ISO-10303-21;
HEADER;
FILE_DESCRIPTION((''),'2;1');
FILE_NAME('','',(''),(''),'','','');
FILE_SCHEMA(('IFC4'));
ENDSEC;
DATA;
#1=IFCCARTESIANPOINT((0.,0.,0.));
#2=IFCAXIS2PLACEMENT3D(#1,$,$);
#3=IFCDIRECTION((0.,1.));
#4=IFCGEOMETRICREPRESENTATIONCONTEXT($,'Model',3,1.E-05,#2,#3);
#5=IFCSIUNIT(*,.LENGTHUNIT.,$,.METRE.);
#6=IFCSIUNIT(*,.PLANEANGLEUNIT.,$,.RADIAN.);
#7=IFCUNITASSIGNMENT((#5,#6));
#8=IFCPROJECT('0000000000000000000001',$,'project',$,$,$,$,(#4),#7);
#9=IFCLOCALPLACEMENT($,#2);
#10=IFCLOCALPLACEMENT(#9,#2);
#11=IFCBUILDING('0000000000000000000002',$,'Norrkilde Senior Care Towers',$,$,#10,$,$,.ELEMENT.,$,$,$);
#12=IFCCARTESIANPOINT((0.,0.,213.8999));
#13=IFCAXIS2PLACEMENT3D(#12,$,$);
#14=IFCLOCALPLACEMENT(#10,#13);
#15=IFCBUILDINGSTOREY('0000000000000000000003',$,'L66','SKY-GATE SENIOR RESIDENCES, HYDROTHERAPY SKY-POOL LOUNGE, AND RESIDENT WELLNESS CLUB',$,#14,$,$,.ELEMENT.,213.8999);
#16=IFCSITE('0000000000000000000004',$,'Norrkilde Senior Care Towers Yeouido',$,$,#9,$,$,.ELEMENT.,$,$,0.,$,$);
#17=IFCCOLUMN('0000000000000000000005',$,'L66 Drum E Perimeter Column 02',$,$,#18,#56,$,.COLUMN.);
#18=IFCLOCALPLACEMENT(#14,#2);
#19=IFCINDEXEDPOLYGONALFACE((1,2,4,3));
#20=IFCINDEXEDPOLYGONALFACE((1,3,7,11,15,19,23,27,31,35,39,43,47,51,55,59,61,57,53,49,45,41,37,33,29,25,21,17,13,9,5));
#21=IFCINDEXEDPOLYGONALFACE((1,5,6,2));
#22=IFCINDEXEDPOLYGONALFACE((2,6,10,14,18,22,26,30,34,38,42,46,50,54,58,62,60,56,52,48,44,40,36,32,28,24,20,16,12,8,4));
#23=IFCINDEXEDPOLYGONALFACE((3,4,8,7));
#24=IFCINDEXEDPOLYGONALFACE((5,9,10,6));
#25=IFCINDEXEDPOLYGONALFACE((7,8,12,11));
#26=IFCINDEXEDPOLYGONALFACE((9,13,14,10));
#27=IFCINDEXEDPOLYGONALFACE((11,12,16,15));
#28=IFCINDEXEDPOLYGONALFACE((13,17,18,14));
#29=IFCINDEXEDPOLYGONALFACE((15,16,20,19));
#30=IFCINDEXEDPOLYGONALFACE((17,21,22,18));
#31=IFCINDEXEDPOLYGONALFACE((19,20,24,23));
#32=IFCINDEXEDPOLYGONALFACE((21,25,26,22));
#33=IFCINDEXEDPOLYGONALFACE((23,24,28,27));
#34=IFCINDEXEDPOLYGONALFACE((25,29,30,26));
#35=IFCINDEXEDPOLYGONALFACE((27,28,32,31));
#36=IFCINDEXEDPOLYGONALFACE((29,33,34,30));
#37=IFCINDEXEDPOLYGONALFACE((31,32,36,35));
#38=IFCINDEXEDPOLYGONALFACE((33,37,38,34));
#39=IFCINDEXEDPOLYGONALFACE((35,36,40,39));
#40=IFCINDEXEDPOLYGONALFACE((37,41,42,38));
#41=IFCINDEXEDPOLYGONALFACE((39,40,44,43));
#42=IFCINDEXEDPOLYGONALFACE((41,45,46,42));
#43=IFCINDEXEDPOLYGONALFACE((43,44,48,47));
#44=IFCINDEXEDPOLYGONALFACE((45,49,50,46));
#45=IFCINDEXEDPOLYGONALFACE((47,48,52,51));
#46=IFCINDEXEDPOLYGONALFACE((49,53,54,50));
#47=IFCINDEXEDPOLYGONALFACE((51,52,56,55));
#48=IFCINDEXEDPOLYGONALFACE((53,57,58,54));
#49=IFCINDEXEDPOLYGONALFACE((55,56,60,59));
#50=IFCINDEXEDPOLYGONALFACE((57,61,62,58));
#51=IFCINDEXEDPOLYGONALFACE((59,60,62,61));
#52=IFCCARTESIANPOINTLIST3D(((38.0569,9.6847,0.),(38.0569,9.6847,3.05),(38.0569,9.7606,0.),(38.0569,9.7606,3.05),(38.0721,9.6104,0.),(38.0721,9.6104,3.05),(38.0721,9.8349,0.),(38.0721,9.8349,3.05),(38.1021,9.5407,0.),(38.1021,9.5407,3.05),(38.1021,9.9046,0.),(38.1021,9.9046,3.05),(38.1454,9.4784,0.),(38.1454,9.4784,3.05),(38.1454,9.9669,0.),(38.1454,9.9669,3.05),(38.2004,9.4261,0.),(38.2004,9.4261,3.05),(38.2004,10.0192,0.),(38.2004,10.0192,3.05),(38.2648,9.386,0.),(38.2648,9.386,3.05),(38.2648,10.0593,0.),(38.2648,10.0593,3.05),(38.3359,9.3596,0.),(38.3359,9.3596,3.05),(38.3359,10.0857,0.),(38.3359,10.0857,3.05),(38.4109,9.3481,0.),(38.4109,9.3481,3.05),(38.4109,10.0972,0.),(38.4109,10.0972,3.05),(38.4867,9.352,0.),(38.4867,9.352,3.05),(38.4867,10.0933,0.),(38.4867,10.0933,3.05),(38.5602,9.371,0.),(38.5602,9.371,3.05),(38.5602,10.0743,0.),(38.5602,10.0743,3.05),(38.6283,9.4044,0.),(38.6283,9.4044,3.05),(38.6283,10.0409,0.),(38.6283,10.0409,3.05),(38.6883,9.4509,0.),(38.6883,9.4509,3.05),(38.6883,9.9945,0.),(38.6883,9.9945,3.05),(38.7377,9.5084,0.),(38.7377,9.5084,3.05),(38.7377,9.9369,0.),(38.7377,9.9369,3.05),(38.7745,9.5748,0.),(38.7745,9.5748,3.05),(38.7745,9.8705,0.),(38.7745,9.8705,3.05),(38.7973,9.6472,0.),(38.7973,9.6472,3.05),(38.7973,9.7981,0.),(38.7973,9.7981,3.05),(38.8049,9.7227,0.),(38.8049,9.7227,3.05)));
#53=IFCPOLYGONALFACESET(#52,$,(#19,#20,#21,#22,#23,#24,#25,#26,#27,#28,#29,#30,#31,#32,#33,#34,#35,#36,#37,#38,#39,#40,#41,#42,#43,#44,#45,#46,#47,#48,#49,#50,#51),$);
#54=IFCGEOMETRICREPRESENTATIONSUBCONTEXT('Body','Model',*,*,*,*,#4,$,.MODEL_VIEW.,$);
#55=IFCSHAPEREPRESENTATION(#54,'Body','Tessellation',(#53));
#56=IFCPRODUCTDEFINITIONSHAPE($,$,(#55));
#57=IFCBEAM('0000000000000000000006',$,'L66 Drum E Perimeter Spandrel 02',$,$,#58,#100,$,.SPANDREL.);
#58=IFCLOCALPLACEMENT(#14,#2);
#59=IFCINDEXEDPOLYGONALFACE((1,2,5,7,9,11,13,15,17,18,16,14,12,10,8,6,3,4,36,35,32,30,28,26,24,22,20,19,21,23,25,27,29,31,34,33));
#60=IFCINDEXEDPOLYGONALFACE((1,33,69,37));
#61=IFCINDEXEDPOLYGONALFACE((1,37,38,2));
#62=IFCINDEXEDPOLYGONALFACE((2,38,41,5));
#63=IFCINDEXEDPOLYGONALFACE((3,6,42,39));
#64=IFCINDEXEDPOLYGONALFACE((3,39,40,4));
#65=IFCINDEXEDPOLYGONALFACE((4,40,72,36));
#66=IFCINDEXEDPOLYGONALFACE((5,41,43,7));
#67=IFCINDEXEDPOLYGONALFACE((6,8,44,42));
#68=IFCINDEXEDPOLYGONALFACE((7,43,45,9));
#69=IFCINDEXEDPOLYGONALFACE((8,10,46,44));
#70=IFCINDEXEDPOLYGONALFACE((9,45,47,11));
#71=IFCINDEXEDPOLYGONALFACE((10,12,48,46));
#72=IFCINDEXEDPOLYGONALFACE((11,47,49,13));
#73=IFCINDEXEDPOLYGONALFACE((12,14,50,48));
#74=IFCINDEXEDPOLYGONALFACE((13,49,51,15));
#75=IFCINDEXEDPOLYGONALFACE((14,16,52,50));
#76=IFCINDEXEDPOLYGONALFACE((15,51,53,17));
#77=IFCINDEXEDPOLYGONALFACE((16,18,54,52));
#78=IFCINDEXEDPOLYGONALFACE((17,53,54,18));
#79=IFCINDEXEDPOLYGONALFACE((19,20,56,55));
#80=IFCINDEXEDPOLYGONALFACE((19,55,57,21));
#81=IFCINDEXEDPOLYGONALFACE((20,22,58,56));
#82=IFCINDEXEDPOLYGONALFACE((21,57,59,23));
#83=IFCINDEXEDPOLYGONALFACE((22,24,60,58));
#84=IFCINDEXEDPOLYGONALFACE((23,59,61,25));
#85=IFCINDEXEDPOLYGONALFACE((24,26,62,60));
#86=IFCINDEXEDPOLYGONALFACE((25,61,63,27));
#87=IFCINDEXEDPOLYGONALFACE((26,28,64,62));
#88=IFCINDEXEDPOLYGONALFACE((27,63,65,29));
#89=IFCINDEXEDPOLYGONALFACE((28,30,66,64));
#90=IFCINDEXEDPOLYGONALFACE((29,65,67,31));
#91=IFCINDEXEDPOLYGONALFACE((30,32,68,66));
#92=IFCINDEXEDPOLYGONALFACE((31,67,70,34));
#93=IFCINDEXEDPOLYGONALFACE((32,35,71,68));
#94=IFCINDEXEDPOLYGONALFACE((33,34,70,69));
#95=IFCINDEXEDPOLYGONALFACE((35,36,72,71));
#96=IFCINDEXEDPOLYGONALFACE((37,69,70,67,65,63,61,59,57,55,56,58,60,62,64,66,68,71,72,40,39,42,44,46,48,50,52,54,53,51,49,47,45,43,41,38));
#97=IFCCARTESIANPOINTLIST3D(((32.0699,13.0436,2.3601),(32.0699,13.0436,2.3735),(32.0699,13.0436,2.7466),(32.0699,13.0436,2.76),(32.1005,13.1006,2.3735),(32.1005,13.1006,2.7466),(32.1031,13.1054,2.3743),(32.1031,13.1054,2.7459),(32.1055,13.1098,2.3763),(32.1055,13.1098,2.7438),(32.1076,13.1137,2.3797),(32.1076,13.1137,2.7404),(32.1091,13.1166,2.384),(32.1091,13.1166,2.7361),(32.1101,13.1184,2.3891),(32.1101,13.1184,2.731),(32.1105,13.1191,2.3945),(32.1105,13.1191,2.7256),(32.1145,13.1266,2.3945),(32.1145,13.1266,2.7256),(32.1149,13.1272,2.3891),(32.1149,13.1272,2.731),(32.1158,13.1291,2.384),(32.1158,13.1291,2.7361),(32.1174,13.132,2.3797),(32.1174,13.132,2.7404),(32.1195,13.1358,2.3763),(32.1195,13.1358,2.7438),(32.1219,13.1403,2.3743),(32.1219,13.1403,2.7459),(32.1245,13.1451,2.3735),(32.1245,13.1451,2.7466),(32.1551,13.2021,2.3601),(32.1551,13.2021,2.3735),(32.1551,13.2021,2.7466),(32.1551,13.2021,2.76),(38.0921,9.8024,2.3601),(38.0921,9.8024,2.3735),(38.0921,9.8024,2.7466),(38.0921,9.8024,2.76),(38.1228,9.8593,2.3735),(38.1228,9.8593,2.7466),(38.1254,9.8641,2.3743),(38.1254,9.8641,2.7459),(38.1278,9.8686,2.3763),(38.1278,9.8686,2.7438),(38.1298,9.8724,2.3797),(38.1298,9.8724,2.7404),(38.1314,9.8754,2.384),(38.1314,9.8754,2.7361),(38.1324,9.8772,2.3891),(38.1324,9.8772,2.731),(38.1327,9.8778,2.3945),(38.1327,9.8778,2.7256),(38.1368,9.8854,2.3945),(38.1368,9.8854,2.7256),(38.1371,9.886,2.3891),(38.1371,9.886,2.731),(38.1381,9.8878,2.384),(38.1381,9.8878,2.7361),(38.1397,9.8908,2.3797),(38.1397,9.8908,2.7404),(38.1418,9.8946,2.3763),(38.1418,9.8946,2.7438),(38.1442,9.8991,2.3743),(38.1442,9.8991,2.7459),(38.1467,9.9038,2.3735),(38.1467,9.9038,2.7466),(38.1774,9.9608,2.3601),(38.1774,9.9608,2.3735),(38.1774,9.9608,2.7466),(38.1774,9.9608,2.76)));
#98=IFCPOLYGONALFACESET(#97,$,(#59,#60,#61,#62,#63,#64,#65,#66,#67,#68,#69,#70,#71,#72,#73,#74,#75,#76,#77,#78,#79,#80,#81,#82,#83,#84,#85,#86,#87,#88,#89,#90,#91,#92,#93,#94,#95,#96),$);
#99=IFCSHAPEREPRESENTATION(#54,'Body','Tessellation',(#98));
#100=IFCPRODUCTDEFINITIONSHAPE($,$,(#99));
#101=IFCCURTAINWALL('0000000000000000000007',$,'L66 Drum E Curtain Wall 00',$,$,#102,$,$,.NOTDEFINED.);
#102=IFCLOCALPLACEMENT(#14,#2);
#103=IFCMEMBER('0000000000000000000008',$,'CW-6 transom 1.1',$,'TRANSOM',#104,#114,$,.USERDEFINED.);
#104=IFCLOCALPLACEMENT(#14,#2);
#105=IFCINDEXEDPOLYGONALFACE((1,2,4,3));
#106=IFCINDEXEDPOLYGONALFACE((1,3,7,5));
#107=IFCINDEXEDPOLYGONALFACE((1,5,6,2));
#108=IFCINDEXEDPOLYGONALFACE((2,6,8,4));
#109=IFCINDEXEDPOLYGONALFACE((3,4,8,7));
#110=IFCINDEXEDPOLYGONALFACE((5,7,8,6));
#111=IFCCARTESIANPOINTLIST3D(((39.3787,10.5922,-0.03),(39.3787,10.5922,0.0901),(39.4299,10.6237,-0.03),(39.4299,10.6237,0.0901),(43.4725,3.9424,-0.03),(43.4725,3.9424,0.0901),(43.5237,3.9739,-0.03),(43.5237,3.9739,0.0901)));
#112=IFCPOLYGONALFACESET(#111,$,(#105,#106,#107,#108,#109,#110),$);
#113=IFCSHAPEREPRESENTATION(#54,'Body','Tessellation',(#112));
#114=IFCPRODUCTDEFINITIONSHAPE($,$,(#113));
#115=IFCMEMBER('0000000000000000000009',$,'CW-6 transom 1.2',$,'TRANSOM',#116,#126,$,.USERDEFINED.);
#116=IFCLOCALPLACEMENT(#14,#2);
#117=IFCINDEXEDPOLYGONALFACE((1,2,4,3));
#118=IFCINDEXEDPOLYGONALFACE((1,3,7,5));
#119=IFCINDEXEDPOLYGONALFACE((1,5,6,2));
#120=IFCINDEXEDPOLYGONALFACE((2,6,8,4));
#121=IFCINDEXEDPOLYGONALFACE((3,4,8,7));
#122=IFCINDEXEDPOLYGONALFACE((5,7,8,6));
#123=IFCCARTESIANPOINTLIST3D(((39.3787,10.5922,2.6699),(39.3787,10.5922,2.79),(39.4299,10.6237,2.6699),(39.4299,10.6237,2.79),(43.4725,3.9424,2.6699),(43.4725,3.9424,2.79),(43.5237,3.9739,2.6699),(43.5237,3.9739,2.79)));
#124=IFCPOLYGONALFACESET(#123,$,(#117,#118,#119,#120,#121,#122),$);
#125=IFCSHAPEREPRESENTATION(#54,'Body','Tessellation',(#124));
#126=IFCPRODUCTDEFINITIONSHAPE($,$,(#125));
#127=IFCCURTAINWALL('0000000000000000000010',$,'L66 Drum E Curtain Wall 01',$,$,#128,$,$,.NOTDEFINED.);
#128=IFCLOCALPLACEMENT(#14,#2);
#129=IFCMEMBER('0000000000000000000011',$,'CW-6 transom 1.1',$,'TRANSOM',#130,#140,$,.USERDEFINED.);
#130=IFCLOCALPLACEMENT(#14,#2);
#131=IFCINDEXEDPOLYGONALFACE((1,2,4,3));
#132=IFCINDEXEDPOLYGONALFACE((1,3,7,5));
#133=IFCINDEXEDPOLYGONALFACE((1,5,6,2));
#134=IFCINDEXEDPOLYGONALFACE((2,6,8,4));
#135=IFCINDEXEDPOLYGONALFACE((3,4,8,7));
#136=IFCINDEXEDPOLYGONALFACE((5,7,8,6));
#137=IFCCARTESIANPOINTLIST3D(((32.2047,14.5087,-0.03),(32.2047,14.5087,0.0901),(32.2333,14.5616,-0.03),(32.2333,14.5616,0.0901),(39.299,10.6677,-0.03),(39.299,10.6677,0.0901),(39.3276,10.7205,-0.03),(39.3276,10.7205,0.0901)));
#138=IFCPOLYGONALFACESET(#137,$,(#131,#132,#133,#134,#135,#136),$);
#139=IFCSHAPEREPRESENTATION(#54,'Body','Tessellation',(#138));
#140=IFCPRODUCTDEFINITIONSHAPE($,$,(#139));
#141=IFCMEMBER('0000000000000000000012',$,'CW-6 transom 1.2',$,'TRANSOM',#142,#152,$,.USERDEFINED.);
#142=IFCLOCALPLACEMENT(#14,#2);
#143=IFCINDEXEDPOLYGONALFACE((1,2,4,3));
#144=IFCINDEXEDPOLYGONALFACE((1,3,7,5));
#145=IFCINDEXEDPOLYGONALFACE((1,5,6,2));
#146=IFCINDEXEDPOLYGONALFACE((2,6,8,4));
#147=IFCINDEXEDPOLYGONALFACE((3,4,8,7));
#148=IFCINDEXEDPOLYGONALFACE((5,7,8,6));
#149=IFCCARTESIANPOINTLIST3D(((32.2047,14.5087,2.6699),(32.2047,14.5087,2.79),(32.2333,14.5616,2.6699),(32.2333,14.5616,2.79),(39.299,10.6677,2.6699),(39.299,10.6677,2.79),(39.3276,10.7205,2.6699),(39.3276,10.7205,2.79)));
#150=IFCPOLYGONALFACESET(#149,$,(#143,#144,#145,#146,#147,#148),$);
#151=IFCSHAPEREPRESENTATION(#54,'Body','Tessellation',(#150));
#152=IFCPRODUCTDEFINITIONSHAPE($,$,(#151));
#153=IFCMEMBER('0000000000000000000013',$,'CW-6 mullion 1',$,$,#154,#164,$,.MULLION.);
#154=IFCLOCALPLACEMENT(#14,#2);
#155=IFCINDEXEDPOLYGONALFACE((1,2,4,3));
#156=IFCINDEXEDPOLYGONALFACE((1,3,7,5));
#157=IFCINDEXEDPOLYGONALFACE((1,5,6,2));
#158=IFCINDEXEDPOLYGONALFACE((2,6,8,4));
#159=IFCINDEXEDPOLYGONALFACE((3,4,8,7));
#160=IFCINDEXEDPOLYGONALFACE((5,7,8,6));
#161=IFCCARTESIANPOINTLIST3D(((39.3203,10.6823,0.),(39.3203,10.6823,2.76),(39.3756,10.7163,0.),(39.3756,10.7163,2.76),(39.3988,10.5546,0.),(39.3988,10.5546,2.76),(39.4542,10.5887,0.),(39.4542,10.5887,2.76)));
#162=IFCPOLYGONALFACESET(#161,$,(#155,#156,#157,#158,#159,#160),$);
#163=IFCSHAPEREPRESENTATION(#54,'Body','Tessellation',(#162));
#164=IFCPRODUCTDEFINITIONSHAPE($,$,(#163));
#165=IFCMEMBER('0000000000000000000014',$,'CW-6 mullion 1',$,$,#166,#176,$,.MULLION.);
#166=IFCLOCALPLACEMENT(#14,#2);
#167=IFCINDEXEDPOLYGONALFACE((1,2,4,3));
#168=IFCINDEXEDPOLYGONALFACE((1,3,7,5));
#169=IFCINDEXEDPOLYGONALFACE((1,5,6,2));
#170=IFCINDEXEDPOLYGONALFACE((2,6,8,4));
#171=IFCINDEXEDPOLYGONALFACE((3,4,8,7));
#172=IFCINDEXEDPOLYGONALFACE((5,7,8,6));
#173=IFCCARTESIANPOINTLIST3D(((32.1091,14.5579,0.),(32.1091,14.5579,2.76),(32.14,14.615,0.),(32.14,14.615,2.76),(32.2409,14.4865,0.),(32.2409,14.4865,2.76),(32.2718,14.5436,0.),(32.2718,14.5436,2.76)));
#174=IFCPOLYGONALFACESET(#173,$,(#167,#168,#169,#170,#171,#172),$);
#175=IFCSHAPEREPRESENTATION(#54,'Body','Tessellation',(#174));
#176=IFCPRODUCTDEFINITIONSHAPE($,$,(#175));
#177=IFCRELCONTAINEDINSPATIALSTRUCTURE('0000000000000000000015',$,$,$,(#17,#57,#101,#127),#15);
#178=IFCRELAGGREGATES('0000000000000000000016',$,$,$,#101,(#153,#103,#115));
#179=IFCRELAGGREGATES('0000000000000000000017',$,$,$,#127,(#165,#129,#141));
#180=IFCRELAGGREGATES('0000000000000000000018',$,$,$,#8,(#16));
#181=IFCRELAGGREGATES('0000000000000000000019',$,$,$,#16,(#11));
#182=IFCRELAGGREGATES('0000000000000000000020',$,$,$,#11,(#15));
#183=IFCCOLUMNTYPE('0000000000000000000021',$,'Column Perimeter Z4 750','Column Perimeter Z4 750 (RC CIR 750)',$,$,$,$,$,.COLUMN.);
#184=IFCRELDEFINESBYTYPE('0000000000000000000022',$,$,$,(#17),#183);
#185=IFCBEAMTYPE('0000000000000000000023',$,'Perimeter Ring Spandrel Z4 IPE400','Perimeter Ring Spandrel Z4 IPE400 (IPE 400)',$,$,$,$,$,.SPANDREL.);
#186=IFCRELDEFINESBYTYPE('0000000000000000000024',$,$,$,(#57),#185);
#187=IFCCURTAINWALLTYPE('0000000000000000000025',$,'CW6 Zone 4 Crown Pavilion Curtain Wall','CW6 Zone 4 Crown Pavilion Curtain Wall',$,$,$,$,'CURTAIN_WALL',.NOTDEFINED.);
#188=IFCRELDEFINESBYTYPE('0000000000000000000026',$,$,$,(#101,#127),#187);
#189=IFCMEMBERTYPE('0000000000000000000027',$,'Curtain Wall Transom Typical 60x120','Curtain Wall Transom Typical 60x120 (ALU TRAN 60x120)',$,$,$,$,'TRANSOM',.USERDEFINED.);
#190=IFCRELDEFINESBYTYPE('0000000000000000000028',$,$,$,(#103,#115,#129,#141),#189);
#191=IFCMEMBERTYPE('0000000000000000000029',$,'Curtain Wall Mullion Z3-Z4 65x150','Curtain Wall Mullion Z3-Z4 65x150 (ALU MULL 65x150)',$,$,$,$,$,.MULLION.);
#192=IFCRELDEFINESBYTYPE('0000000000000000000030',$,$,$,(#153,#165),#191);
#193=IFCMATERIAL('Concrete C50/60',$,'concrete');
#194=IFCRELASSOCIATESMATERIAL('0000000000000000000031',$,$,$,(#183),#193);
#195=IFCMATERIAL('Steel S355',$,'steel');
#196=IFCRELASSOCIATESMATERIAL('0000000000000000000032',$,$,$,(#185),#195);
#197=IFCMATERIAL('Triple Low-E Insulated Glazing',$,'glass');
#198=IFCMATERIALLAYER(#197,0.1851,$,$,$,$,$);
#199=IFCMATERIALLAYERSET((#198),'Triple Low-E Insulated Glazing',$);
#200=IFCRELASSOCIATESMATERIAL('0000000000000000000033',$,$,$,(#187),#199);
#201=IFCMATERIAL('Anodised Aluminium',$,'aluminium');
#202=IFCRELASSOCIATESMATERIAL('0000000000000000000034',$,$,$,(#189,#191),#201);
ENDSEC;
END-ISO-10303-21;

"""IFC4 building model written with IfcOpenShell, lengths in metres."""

from ifc_helpers import new_model, si_unit, direction, frame, origin, origin_2d, place, context, subcontext, project, spatial, rectangle, circle, i_section, extrude, source, transform, mapped, material, layer, layer_set, material_profile, profile_set, type_object, type_shapes, element, aggregate, save


model = new_model("IFC4")

# Units and contexts
model_context = context("Model", 3, precision=1e-05, world=origin(), true_north=direction((0.0, 1.0)))
body_context = subcontext(model_context, "Body", "Model", "MODEL_VIEW")
ifc_project = project(units=[si_unit("LENGTHUNIT", "METRE"), si_unit("PLANEANGLEUNIT", "RADIAN")], contexts=[model_context])

# Site, building, storey
site_placement = place(None, origin())
site = spatial("IfcSite", under=ifc_project, at=site_placement, Name="Norrkilde Senior Care Towers Yeouido", CompositionType="ELEMENT", RefElevation=0.0)
building_placement = place(site_placement, origin())
building = spatial("IfcBuilding", under=site, at=building_placement, Name="Norrkilde Senior Care Towers", CompositionType="ELEMENT")
storey_placement = place(building_placement, frame((0.0, 0.0, 213.8999)))
storey = spatial("IfcBuildingStorey", under=building, at=storey_placement, Name="L66", Description="SKY-GATE SENIOR RESIDENCES, HYDROTHERAPY SKY-POOL LOUNGE, AND RESIDENT WELLNESS CLUB", CompositionType="ELEMENT", Elevation=213.8999)

# Column
ifc_material_1 = material(Name="Concrete C50/60", Category="concrete")
ifc_material_profile_1 = material_profile(ifc_material_1, circle(Radius=0.375, at=origin_2d()), Name="RC CIR 750")
ifc_profile_set_1 = profile_set([ifc_material_profile_1], Name="Concrete C50/60")
column_type = type_object("IfcColumnType", Name="Column Perimeter Z4 750", Description="Column Perimeter Z4 750 (RC CIR 750)", PredefinedType="COLUMN", material=ifc_profile_set_1)
shared_shape_1 = source(origin(), body_context, "Body", "SweptSolid", [
    extrude(circle(Radius=0.375, at=origin_2d()), origin(), (0.0, 0.0, 1.0), 3.05),
])
type_shapes(column_type, [shared_shape_1])
column_placement = place(storey_placement, frame((38.4299, 9.7227, 0.0), z_axis=(0.0, 0.0, 1.0), x_axis=(1.0, 0.0, 0.0)))
element("IfcColumn", 1, at=column_placement, inside=storey, type_object=column_type, Name="L66 Drum E Perimeter Column 02", PredefinedType="COLUMN", context=body_context, shape_type="MappedRepresentation", body=[
    mapped(shared_shape_1, transform((0.0, 0.0, 0.0), x_axis=(1.0, 0.0, 0.0), y_axis=(0.0, 1.0, 0.0), z_axis=(0.0, 0.0, 1.0), scale=1.0)),
])

# Beam
ifc_material_2 = material(Name="Steel S355", Category="steel")
ifc_material_profile_2 = material_profile(ifc_material_2, i_section(OverallWidth=0.1799, OverallDepth=0.3999, WebThickness=0.0085, FlangeThickness=0.0134, FilletRadius=0.021, at=origin_2d()), Name="IPE 400")
ifc_profile_set_2 = profile_set([ifc_material_profile_2], Name="Steel S355")
beam_type = type_object("IfcBeamType", Name="Perimeter Ring Spandrel Z4 IPE400", Description="Perimeter Ring Spandrel Z4 IPE400 (IPE 400)", PredefinedType="SPANDREL", material=ifc_profile_set_2)
shared_shape_2 = source(origin(), body_context, "Body", "SweptSolid", [
    extrude(i_section(OverallWidth=0.1799, OverallDepth=0.3999, WebThickness=0.0085, FlangeThickness=0.0134, FilletRadius=0.021, at=origin_2d()), origin(), (0.0, 0.0, 1.0), 6.8391),
])
type_shapes(beam_type, [shared_shape_2])
beam_placement = place(storey_placement, frame((38.1348, 9.8816, 2.5601), z_axis=(-0.880564, 0.473927, 0.0), x_axis=(-0.473927, -0.880564, 0.0)))
element("IfcBeam", 2, at=beam_placement, inside=storey, type_object=beam_type, Name="L66 Drum E Perimeter Spandrel 02", PredefinedType="SPANDREL", context=body_context, shape_type="MappedRepresentation", body=[
    mapped(shared_shape_2, transform((0.0, 0.0, 0.0), x_axis=(1.0, 0.0, 0.0), y_axis=(0.0, 1.0, 0.0), z_axis=(0.0, 0.0, 1.0), scale=1.0)),
])

# Curtain walls, members
ifc_material_3 = material(Name="Triple Low-E Insulated Glazing", Category="glass")
ifc_layer_1 = layer(ifc_material_3, 0.1851)
ifc_layer_set_1 = layer_set([ifc_layer_1], Name="Triple Low-E Insulated Glazing")
curtain_wall_type = type_object("IfcCurtainWallType", Name="CW6 Zone 4 Crown Pavilion Curtain Wall", Description="CW6 Zone 4 Crown Pavilion Curtain Wall", ElementType="CURTAIN_WALL", PredefinedType="NOTDEFINED", material=ifc_layer_set_1)
curtain_wall_1_placement = place(storey_placement, origin())
curtain_wall_1 = element("IfcCurtainWall", 3, at=curtain_wall_1_placement, inside=storey, type_object=curtain_wall_type, Name="L66 Drum E Curtain Wall 00", PredefinedType="NOTDEFINED")
ifc_material_4 = material(Name="Anodised Aluminium", Category="aluminium")
ifc_material_profile_3 = material_profile(ifc_material_4, rectangle(XDim=0.0601, YDim=0.1201, at=origin_2d()), Name="ALU TRAN 60x120")
ifc_profile_set_3 = profile_set([ifc_material_profile_3], Name="Anodised Aluminium")
member_type_1 = type_object("IfcMemberType", Name="Curtain Wall Transom Typical 60x120", Description="Curtain Wall Transom Typical 60x120 (ALU TRAN 60x120)", ElementType="TRANSOM", PredefinedType="USERDEFINED", material=ifc_profile_set_3)
shared_shape_3 = source(origin(), body_context, "Body", "SweptSolid", [
    extrude(rectangle(XDim=0.0601, YDim=0.1201, at=origin_2d()), origin(), (0.0, 0.0, 1.0), 7.8088),
])
member_1_placement = place(storey_placement, frame((39.4043, 10.6079, 0.03), z_axis=(0.524251, -0.851564, 0.0), x_axis=(0.851564, 0.524251, 0.0)))
member_1 = element("IfcMember", 4, at=member_1_placement, type_object=member_type_1, Name="CW-6 transom 1.1", ObjectType="TRANSOM", PredefinedType="USERDEFINED", context=body_context, shape_type="MappedRepresentation", body=[
    mapped(shared_shape_3, transform((0.0, 0.0, 0.0), x_axis=(1.0, 0.0, 0.0), y_axis=(0.0, 1.0, 0.0), z_axis=(0.0, 0.0, 1.0), scale=1.0)),
])
member_2_placement = place(storey_placement, frame((39.4043, 10.6079, 2.73), z_axis=(0.524251, -0.851564, 0.0), x_axis=(0.851564, 0.524251, 0.0)))
member_2 = element("IfcMember", 5, at=member_2_placement, type_object=member_type_1, Name="CW-6 transom 1.2", ObjectType="TRANSOM", PredefinedType="USERDEFINED", context=body_context, shape_type="MappedRepresentation", body=[
    mapped(shared_shape_3, transform((0.0, 0.0, 0.0), x_axis=(1.0, 0.0, 0.0), y_axis=(0.0, 1.0, 0.0), z_axis=(0.0, 0.0, 1.0), scale=1.0)),
])
curtain_wall_2_placement = place(storey_placement, origin())
curtain_wall_2 = element("IfcCurtainWall", 6, at=curtain_wall_2_placement, inside=storey, type_object=curtain_wall_type, Name="L66 Drum E Curtain Wall 01", PredefinedType="NOTDEFINED")
shared_shape_4 = source(origin(), body_context, "Body", "SweptSolid", [
    extrude(rectangle(XDim=0.0601, YDim=0.1201, at=origin_2d()), origin(), (0.0, 0.0, 1.0), 8.0674),
])
type_shapes(member_type_1, [shared_shape_3, shared_shape_4])
member_3_placement = place(storey_placement, frame((32.219, 14.5352, 0.03), z_axis=(0.879378, -0.476125, 0.0), x_axis=(0.476125, 0.879378, 0.0)))
member_3 = element("IfcMember", 7, at=member_3_placement, type_object=member_type_1, Name="CW-6 transom 1.1", ObjectType="TRANSOM", PredefinedType="USERDEFINED", context=body_context, shape_type="MappedRepresentation", body=[
    mapped(shared_shape_4, transform((0.0, 0.0, 0.0), x_axis=(1.0, 0.0, 0.0), y_axis=(0.0, 1.0, 0.0), z_axis=(0.0, 0.0, 1.0), scale=1.0)),
])
member_4_placement = place(storey_placement, frame((32.219, 14.5352, 2.73), z_axis=(0.879378, -0.476125, 0.0), x_axis=(0.476125, 0.879378, 0.0)))
member_4 = element("IfcMember", 8, at=member_4_placement, type_object=member_type_1, Name="CW-6 transom 1.2", ObjectType="TRANSOM", PredefinedType="USERDEFINED", context=body_context, shape_type="MappedRepresentation", body=[
    mapped(shared_shape_4, transform((0.0, 0.0, 0.0), x_axis=(1.0, 0.0, 0.0), y_axis=(0.0, 1.0, 0.0), z_axis=(0.0, 0.0, 1.0), scale=1.0)),
])

# Members
ifc_material_profile_4 = material_profile(ifc_material_4, rectangle(XDim=0.0649, YDim=0.1499, at=origin_2d()), Name="ALU MULL 65x150")
ifc_profile_set_4 = profile_set([ifc_material_profile_4], Name="Anodised Aluminium")
member_type_2 = type_object("IfcMemberType", Name="Curtain Wall Mullion Z3-Z4 65x150", Description="Curtain Wall Mullion Z3-Z4 65x150 (ALU MULL 65x150)", PredefinedType="MULLION", material=ifc_profile_set_4)
shared_shape_5 = source(origin(), body_context, "Body", "SweptSolid", [
    extrude(rectangle(XDim=0.0649, YDim=0.1499, at=origin_2d()), origin(), (0.0, 0.0, 1.0), 2.76),
])
type_shapes(member_type_2, [shared_shape_5])
member_5_placement = place(storey_placement, frame((39.3872, 10.6355, 0.0), z_axis=(0.0, 0.0, 1.0), x_axis=(0.851563, 0.524253, 0.0)))
member_5 = element("IfcMember", 9, at=member_5_placement, type_object=member_type_2, Name="CW-6 mullion 1", PredefinedType="MULLION", context=body_context, shape_type="MappedRepresentation", body=[
    mapped(shared_shape_5, transform((0.0, 0.0, 0.0), x_axis=(1.0, 0.0, 0.0), y_axis=(0.0, 1.0, 0.0), z_axis=(0.0, 0.0, 1.0), scale=1.0)),
])
aggregate(curtain_wall_1, [member_5, member_1, member_2])
member_6_placement = place(storey_placement, frame((32.1904, 14.5508, 0.0), z_axis=(0.0, 0.0, 1.0), x_axis=(0.476133, 0.879373, 0.0)))
member_6 = element("IfcMember", 10, at=member_6_placement, type_object=member_type_2, Name="CW-6 mullion 1", PredefinedType="MULLION", context=body_context, shape_type="MappedRepresentation", body=[
    mapped(shared_shape_5, transform((0.0, 0.0, 0.0), x_axis=(1.0, 0.0, 0.0), y_axis=(0.0, 1.0, 0.0), z_axis=(0.0, 0.0, 1.0), scale=1.0)),
])

aggregate(curtain_wall_2, [member_6, member_3, member_4])

save(model, "model.ifc")
